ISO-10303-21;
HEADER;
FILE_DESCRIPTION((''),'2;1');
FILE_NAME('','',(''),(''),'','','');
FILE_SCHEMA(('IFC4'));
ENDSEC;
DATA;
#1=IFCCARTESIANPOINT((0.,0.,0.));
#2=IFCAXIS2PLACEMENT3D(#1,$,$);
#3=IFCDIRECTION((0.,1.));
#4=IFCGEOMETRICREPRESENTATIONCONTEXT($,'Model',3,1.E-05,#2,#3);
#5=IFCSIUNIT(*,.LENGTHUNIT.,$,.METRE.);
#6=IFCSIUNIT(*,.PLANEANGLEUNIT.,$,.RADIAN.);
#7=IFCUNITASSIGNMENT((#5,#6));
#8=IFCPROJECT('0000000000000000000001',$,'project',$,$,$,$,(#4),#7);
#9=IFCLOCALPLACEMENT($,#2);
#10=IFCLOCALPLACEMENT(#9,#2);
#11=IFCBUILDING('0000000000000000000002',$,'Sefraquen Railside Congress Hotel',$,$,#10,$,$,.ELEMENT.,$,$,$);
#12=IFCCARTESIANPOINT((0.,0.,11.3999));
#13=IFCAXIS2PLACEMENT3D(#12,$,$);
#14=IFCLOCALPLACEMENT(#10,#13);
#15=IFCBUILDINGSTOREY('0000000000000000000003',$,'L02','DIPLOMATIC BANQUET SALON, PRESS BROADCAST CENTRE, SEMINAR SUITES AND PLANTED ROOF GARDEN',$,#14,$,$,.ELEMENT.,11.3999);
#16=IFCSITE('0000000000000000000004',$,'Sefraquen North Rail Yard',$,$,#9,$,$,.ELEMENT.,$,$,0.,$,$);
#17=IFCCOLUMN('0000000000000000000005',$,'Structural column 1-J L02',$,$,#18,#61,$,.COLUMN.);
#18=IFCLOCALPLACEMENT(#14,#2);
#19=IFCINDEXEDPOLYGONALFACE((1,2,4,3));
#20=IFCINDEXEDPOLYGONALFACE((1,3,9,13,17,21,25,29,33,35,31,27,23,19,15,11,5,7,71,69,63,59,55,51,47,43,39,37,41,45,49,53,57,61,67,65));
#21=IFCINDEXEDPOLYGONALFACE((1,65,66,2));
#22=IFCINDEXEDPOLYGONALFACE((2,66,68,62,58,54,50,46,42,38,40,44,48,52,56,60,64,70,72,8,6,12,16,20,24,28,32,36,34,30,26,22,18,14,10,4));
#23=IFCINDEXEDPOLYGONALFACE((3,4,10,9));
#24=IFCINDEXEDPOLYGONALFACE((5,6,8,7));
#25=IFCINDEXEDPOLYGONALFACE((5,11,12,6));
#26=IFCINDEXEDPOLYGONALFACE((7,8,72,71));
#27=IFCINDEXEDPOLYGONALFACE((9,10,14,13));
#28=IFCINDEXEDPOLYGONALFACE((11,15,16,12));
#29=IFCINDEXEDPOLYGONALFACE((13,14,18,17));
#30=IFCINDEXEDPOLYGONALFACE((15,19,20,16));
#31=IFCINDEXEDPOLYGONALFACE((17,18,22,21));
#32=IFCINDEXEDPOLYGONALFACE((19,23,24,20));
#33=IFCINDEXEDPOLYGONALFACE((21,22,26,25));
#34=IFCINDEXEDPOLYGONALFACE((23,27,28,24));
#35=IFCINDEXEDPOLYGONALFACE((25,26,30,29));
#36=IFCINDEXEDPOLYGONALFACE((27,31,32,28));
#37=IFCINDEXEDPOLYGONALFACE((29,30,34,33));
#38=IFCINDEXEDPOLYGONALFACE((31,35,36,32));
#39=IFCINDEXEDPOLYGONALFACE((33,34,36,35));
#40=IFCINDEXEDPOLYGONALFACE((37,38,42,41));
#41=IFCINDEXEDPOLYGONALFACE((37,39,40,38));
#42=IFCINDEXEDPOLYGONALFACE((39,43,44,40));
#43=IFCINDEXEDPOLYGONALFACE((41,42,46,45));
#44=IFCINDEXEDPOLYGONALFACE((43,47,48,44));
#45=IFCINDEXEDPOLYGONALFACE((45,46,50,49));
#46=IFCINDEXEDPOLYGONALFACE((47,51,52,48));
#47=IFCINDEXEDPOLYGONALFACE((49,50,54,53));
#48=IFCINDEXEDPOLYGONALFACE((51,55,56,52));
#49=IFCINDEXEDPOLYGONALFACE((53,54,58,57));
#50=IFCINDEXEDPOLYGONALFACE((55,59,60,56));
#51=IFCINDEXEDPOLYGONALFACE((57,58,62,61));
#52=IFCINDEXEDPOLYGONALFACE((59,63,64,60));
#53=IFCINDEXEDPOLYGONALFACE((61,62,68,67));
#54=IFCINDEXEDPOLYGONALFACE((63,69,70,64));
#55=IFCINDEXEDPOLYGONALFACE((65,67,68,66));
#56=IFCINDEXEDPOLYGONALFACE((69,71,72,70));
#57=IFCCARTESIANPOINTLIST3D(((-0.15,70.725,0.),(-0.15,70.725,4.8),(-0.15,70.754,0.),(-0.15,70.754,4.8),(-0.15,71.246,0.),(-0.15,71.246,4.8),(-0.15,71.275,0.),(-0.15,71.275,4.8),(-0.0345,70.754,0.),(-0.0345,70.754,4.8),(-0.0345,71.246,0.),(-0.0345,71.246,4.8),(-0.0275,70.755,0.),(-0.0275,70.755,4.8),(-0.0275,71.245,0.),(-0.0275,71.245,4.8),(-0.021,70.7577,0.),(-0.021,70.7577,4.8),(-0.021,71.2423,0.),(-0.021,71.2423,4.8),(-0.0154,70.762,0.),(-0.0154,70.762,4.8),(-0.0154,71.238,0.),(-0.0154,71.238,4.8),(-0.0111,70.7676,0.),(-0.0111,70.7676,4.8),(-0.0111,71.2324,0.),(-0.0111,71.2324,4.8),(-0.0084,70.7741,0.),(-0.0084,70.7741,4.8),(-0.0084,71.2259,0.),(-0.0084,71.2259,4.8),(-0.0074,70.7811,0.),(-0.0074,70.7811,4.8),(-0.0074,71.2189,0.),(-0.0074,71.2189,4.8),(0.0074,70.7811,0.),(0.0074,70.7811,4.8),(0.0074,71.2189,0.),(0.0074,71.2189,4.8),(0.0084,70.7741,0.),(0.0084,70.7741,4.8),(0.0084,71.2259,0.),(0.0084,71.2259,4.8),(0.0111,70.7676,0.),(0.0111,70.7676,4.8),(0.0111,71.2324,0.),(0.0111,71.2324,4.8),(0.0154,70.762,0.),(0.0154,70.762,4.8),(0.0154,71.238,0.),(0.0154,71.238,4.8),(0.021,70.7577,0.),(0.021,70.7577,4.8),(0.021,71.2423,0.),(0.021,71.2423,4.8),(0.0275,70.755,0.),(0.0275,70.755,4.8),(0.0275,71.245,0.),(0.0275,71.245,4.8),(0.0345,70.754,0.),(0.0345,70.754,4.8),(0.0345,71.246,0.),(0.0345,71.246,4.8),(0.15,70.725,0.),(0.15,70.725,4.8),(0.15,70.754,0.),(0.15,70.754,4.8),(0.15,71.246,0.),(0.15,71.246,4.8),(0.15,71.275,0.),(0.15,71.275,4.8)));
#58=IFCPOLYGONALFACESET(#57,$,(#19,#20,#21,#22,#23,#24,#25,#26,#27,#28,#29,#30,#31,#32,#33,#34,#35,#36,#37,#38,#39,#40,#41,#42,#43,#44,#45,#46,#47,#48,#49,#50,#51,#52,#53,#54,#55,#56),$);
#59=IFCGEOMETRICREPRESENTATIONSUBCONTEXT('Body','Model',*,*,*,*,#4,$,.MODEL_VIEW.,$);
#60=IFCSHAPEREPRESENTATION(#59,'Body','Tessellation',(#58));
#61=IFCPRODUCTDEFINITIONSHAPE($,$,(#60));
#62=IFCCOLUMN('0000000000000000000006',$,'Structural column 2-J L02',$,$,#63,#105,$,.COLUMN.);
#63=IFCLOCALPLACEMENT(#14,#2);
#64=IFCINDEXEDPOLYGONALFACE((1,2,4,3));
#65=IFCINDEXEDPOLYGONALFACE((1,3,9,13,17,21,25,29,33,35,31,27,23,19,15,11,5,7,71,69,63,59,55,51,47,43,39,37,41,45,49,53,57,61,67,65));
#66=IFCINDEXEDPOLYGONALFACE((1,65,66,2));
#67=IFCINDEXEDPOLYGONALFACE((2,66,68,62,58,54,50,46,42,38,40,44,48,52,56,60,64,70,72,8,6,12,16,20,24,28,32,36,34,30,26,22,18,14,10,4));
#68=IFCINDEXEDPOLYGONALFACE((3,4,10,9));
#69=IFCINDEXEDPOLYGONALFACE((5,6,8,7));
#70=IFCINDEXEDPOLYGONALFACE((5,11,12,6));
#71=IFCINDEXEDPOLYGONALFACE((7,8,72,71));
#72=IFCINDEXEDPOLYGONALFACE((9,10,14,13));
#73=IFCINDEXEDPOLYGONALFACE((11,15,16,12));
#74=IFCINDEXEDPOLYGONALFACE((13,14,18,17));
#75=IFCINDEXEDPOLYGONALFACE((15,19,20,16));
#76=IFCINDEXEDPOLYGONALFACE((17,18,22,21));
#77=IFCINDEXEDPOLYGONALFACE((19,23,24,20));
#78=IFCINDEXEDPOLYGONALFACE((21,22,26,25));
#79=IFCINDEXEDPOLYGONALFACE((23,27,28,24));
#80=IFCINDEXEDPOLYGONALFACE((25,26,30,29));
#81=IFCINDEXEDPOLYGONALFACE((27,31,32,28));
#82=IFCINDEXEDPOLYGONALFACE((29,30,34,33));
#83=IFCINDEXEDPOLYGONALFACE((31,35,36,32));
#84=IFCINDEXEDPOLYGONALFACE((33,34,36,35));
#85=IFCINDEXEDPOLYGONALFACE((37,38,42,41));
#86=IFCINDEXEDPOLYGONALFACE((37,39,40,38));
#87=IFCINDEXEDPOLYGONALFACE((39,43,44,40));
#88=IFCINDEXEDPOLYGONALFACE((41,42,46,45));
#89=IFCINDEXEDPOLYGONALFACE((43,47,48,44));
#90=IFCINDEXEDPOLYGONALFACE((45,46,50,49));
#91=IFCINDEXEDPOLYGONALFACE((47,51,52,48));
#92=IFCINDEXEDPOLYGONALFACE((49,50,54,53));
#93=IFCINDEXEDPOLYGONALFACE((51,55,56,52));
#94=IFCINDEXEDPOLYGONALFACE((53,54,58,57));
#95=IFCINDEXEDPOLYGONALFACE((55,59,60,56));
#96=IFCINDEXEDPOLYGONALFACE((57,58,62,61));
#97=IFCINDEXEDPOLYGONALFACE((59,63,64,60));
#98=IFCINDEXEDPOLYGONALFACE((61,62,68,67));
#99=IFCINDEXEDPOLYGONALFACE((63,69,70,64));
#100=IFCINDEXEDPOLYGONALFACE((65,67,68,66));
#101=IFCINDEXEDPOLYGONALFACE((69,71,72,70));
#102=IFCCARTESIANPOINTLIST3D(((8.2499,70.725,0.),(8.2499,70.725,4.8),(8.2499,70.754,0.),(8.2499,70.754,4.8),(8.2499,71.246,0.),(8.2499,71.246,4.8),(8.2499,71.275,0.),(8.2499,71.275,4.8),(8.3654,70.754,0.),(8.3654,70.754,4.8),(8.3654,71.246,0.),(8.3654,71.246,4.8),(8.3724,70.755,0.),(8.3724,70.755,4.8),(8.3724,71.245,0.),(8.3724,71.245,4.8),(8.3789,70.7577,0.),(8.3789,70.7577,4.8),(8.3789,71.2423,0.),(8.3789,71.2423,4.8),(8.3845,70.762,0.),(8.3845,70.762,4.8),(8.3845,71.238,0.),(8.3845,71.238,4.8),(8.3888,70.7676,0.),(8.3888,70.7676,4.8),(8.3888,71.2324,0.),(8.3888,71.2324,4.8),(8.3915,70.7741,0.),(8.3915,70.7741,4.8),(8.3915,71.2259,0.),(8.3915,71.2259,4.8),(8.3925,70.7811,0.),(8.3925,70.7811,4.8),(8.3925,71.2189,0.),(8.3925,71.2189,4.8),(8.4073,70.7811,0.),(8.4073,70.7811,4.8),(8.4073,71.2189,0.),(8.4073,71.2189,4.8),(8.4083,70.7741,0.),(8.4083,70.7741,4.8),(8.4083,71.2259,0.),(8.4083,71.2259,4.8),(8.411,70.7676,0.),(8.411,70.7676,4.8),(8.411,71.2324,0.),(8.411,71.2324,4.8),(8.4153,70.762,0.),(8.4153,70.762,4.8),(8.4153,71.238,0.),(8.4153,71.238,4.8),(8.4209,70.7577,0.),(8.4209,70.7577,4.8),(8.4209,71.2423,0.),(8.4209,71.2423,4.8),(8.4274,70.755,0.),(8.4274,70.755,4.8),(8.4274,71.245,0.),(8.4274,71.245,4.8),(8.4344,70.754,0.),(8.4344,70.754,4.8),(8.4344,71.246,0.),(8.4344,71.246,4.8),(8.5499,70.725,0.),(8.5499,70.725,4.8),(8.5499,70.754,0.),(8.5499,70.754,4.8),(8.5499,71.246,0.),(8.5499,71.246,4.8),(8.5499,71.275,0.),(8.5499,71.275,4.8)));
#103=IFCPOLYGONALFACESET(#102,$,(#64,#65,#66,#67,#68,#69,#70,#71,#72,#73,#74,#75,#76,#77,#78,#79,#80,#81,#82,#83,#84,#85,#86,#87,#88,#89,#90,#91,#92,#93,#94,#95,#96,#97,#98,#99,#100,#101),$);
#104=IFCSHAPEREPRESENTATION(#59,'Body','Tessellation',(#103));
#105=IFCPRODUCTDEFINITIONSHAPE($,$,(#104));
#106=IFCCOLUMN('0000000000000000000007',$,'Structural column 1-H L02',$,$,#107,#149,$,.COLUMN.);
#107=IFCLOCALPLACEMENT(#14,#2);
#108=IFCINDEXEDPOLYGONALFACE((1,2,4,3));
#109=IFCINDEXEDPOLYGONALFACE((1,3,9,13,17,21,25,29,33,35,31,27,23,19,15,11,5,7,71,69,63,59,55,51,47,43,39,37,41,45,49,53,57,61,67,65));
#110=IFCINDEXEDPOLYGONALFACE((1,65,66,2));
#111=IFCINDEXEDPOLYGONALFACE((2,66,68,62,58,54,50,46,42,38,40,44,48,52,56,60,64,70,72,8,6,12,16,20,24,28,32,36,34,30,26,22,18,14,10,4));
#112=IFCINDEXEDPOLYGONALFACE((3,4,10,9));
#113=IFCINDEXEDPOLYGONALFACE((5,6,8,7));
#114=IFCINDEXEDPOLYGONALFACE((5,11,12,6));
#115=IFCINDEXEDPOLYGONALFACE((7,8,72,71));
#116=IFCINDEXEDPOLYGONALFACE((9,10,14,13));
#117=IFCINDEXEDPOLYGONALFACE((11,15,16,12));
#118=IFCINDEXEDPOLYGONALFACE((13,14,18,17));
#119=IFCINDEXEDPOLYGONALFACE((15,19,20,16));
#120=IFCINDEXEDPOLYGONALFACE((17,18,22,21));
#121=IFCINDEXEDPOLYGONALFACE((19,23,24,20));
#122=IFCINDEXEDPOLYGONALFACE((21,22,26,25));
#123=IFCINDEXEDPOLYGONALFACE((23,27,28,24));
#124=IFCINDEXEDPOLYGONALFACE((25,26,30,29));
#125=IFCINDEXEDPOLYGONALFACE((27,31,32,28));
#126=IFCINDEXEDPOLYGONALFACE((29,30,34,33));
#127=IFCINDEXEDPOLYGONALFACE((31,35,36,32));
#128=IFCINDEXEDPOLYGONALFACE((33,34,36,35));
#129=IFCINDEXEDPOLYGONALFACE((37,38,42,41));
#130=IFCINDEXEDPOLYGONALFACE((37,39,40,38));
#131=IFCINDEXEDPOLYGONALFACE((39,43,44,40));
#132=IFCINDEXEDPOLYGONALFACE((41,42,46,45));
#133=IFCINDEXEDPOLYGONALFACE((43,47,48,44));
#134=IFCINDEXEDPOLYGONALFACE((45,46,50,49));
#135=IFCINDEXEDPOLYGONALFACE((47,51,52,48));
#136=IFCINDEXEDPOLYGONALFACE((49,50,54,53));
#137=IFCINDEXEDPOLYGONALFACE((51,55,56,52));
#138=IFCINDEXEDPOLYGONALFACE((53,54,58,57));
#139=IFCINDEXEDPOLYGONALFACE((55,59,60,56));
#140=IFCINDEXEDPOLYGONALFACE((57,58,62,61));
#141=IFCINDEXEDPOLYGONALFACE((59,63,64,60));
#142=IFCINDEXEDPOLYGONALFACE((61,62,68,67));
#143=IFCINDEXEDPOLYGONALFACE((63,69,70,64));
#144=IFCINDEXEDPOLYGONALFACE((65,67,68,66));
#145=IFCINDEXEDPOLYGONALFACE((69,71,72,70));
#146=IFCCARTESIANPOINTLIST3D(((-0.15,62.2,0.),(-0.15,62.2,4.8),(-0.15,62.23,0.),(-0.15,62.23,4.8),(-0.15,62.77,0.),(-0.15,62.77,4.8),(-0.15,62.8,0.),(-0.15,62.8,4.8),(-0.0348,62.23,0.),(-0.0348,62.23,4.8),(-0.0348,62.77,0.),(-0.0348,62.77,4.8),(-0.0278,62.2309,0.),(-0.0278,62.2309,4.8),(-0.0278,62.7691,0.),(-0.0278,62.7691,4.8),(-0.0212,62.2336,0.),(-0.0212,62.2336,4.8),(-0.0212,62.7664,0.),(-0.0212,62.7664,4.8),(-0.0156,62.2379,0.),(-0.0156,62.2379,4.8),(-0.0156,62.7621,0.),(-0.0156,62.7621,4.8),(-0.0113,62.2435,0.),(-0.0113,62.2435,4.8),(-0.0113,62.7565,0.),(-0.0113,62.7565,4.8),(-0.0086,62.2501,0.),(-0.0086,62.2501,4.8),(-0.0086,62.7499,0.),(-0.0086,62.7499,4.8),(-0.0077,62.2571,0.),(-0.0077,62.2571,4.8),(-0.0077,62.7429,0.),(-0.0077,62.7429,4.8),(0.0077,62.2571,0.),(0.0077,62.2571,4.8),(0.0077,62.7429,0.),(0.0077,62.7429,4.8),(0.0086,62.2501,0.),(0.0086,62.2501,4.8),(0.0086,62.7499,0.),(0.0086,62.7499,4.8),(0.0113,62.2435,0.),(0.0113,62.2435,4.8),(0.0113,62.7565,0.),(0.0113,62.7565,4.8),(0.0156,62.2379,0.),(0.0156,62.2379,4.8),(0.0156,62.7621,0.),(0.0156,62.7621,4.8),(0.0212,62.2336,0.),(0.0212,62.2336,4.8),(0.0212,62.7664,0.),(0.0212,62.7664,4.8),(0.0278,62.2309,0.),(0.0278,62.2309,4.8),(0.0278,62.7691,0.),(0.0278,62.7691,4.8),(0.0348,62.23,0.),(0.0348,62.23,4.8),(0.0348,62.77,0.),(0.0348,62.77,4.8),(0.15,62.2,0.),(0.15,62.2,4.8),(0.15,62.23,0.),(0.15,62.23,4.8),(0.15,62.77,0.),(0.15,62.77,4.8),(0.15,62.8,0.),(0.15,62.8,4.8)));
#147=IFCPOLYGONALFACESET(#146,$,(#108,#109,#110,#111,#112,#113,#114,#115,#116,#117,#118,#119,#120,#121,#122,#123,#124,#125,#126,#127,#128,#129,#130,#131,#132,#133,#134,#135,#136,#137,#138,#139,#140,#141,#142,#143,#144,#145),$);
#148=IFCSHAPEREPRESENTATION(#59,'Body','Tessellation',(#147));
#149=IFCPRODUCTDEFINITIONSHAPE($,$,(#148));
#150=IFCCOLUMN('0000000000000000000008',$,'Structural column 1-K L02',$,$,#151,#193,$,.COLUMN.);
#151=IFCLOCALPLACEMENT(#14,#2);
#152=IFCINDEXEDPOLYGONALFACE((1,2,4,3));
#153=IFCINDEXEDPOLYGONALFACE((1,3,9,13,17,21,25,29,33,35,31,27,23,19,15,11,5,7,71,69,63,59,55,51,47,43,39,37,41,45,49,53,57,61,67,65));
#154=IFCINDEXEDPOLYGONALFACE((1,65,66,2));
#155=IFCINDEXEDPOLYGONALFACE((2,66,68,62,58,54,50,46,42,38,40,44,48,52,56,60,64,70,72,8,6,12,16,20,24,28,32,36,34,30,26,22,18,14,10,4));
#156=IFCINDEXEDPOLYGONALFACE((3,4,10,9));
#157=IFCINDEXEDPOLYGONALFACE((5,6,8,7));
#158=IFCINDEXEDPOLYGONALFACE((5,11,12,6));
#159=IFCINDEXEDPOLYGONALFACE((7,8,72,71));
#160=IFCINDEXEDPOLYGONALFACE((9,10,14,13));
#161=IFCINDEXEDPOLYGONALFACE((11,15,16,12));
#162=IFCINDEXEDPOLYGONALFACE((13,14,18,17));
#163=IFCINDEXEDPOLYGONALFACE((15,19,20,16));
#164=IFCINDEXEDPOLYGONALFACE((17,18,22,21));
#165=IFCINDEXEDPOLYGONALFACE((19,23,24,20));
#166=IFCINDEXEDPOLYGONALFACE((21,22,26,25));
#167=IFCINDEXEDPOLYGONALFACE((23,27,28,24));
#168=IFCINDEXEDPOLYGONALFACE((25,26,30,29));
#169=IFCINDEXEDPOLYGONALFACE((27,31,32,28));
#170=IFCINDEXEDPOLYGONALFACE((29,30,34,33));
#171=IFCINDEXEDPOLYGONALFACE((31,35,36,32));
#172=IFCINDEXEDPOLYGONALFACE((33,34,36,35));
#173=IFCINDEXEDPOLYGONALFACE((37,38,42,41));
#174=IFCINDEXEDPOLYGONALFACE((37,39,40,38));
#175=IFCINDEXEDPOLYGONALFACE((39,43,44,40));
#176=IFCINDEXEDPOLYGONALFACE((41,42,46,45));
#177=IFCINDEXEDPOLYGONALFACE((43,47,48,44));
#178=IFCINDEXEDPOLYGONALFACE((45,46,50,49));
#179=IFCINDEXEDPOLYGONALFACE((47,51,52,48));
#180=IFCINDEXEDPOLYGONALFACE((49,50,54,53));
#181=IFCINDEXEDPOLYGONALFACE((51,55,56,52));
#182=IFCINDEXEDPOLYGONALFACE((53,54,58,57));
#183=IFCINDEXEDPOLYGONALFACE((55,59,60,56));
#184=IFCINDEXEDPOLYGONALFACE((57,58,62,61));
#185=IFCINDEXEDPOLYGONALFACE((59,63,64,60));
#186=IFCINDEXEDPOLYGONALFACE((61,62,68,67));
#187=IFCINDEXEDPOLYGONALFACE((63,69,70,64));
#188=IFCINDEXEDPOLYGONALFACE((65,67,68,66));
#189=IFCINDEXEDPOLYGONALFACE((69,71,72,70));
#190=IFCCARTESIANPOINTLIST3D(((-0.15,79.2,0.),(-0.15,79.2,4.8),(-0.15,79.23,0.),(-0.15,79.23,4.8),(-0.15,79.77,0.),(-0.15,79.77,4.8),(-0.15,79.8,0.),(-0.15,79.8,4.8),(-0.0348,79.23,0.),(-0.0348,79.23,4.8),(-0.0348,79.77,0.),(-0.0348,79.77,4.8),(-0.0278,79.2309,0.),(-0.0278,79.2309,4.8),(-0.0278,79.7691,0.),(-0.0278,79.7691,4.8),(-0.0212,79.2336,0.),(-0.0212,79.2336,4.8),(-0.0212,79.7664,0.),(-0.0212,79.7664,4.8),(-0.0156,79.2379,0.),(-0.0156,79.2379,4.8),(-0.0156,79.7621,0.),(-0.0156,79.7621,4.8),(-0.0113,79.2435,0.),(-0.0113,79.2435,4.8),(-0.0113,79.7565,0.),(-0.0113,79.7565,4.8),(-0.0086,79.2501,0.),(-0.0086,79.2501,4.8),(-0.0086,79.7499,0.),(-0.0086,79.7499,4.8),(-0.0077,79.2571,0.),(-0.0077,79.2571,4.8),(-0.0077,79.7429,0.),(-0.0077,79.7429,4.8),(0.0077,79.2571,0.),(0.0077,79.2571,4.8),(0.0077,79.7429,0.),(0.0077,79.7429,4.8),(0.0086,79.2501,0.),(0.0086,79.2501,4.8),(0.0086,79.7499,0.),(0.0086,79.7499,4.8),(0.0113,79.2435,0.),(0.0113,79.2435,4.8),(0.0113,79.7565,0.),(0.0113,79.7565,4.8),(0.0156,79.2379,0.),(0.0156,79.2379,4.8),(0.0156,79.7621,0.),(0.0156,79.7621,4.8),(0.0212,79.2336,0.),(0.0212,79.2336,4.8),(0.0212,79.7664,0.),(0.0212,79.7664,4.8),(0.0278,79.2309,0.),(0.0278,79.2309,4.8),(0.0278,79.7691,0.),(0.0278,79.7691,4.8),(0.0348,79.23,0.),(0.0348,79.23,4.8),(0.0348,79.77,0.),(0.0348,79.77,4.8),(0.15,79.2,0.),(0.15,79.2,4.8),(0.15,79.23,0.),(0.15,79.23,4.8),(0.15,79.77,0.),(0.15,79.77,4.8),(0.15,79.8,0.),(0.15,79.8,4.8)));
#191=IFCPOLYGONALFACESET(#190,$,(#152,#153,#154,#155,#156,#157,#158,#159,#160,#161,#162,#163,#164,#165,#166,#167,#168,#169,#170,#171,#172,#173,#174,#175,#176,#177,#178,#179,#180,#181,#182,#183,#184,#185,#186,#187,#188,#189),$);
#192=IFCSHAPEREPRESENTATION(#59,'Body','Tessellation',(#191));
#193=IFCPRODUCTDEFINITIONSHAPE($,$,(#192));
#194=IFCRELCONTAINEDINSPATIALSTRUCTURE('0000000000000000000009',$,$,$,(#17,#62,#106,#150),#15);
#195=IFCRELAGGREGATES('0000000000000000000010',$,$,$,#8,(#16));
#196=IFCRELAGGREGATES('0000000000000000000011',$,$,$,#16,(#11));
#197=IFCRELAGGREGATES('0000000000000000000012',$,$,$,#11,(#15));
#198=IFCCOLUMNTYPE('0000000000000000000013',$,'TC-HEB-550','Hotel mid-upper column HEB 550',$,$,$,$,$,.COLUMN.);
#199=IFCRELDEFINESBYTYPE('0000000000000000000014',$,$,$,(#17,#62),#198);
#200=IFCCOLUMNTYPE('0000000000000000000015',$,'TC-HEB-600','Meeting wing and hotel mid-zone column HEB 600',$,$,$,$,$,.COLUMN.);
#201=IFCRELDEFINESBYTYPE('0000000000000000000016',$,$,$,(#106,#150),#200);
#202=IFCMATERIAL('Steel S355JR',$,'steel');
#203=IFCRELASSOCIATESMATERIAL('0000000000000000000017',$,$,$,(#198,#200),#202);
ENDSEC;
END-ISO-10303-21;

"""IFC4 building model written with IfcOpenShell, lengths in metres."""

from ifc_helpers import new_model, si_unit, direction, frame, origin, origin_2d, place, context, subcontext, project, spatial, i_section, extrude, material, material_profile, profile_set, type_object, element, save


model = new_model("IFC4")

# Units and contexts
model_context = context("Model", 3, precision=1e-05, world=origin(), true_north=direction((0.0, 1.0)))
body_context = subcontext(model_context, "Body", "Model", "MODEL_VIEW")
ifc_project = project(units=[si_unit("LENGTHUNIT", "METRE"), si_unit("PLANEANGLEUNIT", "RADIAN")], contexts=[model_context])

# Site, building, storey
site_placement = place(None, origin())
site = spatial("IfcSite", under=ifc_project, at=site_placement, Name="Sefraquen North Rail Yard", CompositionType="ELEMENT", RefElevation=0.0)
building_placement = place(site_placement, origin())
building = spatial("IfcBuilding", under=site, at=building_placement, Name="Sefraquen Railside Congress Hotel", CompositionType="ELEMENT")
storey_placement = place(building_placement, frame((0.0, 0.0, 11.3999)))
storey = spatial("IfcBuildingStorey", under=building, at=storey_placement, Name="L02", Description="DIPLOMATIC BANQUET SALON, PRESS BROADCAST CENTRE, SEMINAR SUITES AND PLANTED ROOF GARDEN", CompositionType="ELEMENT", Elevation=11.3999)

# Columns
ifc_material_1 = material(Name="Steel S355JR", Category="steel")
ifc_material_profile_1 = material_profile(ifc_material_1, i_section(OverallWidth=0.3, OverallDepth=0.55, WebThickness=0.0149, FlangeThickness=0.0291, FilletRadius=0.0271, at=origin_2d()), Name="HEB 550")
ifc_profile_set_1 = profile_set([ifc_material_profile_1], Name="Steel S355JR")
column_type_1 = type_object("IfcColumnType", Name="TC-HEB-550", Description="Hotel mid-upper column HEB 550", PredefinedType="COLUMN", material=ifc_profile_set_1)
for number, where, z_axis, x_axis, name in (
    (1, (0.0, 71.0, 0.0), (0.0, 0.0, 1.0), (1.0, 0.0, 0.0), "Structural column 1-J L02"),
    (2, (8.3999, 71.0, 0.0), (0.0, 0.0, 1.0), (1.0, 0.0, 0.0), "Structural column 2-J L02"),
):
    element("IfcColumn", number, at=place(storey_placement, frame(where, z_axis=z_axis, x_axis=x_axis)), inside=storey, type_object=column_type_1, Name=name, PredefinedType="COLUMN", context=body_context, shape_type="SweptSolid", body=[
        extrude(i_section(OverallWidth=0.3, OverallDepth=0.55, WebThickness=0.0149, FlangeThickness=0.0291, FilletRadius=0.0271, at=origin_2d()), origin(), (0.0, 0.0, 1.0), 4.8),
    ])
ifc_material_profile_2 = material_profile(ifc_material_1, i_section(OverallWidth=0.3, OverallDepth=0.6001, WebThickness=0.0154, FlangeThickness=0.03, FilletRadius=0.0271, at=origin_2d()), Name="HEB 600")
ifc_profile_set_2 = profile_set([ifc_material_profile_2], Name="Steel S355JR")
column_type_2 = type_object("IfcColumnType", Name="TC-HEB-600", Description="Meeting wing and hotel mid-zone column HEB 600", PredefinedType="COLUMN", material=ifc_profile_set_2)
for number, where, z_axis, x_axis, name in (
    (3, (0.0, 62.5, 0.0), (0.0, 0.0, 1.0), (1.0, 0.0, 0.0), "Structural column 1-H L02"),
    (4, (0.0, 79.5, 0.0), (0.0, 0.0, 1.0), (1.0, 0.0, 0.0), "Structural column 1-K L02"),
):
    element("IfcColumn", number, at=place(storey_placement, frame(where, z_axis=z_axis, x_axis=x_axis)), inside=storey, type_object=column_type_2, Name=name, PredefinedType="COLUMN", context=body_context, shape_type="SweptSolid", body=[
        extrude(i_section(OverallWidth=0.3, OverallDepth=0.6001, WebThickness=0.0154, FlangeThickness=0.03, FilletRadius=0.0271, at=origin_2d()), origin(), (0.0, 0.0, 1.0), 4.8),
    ])

save(model, "model.ifc")
